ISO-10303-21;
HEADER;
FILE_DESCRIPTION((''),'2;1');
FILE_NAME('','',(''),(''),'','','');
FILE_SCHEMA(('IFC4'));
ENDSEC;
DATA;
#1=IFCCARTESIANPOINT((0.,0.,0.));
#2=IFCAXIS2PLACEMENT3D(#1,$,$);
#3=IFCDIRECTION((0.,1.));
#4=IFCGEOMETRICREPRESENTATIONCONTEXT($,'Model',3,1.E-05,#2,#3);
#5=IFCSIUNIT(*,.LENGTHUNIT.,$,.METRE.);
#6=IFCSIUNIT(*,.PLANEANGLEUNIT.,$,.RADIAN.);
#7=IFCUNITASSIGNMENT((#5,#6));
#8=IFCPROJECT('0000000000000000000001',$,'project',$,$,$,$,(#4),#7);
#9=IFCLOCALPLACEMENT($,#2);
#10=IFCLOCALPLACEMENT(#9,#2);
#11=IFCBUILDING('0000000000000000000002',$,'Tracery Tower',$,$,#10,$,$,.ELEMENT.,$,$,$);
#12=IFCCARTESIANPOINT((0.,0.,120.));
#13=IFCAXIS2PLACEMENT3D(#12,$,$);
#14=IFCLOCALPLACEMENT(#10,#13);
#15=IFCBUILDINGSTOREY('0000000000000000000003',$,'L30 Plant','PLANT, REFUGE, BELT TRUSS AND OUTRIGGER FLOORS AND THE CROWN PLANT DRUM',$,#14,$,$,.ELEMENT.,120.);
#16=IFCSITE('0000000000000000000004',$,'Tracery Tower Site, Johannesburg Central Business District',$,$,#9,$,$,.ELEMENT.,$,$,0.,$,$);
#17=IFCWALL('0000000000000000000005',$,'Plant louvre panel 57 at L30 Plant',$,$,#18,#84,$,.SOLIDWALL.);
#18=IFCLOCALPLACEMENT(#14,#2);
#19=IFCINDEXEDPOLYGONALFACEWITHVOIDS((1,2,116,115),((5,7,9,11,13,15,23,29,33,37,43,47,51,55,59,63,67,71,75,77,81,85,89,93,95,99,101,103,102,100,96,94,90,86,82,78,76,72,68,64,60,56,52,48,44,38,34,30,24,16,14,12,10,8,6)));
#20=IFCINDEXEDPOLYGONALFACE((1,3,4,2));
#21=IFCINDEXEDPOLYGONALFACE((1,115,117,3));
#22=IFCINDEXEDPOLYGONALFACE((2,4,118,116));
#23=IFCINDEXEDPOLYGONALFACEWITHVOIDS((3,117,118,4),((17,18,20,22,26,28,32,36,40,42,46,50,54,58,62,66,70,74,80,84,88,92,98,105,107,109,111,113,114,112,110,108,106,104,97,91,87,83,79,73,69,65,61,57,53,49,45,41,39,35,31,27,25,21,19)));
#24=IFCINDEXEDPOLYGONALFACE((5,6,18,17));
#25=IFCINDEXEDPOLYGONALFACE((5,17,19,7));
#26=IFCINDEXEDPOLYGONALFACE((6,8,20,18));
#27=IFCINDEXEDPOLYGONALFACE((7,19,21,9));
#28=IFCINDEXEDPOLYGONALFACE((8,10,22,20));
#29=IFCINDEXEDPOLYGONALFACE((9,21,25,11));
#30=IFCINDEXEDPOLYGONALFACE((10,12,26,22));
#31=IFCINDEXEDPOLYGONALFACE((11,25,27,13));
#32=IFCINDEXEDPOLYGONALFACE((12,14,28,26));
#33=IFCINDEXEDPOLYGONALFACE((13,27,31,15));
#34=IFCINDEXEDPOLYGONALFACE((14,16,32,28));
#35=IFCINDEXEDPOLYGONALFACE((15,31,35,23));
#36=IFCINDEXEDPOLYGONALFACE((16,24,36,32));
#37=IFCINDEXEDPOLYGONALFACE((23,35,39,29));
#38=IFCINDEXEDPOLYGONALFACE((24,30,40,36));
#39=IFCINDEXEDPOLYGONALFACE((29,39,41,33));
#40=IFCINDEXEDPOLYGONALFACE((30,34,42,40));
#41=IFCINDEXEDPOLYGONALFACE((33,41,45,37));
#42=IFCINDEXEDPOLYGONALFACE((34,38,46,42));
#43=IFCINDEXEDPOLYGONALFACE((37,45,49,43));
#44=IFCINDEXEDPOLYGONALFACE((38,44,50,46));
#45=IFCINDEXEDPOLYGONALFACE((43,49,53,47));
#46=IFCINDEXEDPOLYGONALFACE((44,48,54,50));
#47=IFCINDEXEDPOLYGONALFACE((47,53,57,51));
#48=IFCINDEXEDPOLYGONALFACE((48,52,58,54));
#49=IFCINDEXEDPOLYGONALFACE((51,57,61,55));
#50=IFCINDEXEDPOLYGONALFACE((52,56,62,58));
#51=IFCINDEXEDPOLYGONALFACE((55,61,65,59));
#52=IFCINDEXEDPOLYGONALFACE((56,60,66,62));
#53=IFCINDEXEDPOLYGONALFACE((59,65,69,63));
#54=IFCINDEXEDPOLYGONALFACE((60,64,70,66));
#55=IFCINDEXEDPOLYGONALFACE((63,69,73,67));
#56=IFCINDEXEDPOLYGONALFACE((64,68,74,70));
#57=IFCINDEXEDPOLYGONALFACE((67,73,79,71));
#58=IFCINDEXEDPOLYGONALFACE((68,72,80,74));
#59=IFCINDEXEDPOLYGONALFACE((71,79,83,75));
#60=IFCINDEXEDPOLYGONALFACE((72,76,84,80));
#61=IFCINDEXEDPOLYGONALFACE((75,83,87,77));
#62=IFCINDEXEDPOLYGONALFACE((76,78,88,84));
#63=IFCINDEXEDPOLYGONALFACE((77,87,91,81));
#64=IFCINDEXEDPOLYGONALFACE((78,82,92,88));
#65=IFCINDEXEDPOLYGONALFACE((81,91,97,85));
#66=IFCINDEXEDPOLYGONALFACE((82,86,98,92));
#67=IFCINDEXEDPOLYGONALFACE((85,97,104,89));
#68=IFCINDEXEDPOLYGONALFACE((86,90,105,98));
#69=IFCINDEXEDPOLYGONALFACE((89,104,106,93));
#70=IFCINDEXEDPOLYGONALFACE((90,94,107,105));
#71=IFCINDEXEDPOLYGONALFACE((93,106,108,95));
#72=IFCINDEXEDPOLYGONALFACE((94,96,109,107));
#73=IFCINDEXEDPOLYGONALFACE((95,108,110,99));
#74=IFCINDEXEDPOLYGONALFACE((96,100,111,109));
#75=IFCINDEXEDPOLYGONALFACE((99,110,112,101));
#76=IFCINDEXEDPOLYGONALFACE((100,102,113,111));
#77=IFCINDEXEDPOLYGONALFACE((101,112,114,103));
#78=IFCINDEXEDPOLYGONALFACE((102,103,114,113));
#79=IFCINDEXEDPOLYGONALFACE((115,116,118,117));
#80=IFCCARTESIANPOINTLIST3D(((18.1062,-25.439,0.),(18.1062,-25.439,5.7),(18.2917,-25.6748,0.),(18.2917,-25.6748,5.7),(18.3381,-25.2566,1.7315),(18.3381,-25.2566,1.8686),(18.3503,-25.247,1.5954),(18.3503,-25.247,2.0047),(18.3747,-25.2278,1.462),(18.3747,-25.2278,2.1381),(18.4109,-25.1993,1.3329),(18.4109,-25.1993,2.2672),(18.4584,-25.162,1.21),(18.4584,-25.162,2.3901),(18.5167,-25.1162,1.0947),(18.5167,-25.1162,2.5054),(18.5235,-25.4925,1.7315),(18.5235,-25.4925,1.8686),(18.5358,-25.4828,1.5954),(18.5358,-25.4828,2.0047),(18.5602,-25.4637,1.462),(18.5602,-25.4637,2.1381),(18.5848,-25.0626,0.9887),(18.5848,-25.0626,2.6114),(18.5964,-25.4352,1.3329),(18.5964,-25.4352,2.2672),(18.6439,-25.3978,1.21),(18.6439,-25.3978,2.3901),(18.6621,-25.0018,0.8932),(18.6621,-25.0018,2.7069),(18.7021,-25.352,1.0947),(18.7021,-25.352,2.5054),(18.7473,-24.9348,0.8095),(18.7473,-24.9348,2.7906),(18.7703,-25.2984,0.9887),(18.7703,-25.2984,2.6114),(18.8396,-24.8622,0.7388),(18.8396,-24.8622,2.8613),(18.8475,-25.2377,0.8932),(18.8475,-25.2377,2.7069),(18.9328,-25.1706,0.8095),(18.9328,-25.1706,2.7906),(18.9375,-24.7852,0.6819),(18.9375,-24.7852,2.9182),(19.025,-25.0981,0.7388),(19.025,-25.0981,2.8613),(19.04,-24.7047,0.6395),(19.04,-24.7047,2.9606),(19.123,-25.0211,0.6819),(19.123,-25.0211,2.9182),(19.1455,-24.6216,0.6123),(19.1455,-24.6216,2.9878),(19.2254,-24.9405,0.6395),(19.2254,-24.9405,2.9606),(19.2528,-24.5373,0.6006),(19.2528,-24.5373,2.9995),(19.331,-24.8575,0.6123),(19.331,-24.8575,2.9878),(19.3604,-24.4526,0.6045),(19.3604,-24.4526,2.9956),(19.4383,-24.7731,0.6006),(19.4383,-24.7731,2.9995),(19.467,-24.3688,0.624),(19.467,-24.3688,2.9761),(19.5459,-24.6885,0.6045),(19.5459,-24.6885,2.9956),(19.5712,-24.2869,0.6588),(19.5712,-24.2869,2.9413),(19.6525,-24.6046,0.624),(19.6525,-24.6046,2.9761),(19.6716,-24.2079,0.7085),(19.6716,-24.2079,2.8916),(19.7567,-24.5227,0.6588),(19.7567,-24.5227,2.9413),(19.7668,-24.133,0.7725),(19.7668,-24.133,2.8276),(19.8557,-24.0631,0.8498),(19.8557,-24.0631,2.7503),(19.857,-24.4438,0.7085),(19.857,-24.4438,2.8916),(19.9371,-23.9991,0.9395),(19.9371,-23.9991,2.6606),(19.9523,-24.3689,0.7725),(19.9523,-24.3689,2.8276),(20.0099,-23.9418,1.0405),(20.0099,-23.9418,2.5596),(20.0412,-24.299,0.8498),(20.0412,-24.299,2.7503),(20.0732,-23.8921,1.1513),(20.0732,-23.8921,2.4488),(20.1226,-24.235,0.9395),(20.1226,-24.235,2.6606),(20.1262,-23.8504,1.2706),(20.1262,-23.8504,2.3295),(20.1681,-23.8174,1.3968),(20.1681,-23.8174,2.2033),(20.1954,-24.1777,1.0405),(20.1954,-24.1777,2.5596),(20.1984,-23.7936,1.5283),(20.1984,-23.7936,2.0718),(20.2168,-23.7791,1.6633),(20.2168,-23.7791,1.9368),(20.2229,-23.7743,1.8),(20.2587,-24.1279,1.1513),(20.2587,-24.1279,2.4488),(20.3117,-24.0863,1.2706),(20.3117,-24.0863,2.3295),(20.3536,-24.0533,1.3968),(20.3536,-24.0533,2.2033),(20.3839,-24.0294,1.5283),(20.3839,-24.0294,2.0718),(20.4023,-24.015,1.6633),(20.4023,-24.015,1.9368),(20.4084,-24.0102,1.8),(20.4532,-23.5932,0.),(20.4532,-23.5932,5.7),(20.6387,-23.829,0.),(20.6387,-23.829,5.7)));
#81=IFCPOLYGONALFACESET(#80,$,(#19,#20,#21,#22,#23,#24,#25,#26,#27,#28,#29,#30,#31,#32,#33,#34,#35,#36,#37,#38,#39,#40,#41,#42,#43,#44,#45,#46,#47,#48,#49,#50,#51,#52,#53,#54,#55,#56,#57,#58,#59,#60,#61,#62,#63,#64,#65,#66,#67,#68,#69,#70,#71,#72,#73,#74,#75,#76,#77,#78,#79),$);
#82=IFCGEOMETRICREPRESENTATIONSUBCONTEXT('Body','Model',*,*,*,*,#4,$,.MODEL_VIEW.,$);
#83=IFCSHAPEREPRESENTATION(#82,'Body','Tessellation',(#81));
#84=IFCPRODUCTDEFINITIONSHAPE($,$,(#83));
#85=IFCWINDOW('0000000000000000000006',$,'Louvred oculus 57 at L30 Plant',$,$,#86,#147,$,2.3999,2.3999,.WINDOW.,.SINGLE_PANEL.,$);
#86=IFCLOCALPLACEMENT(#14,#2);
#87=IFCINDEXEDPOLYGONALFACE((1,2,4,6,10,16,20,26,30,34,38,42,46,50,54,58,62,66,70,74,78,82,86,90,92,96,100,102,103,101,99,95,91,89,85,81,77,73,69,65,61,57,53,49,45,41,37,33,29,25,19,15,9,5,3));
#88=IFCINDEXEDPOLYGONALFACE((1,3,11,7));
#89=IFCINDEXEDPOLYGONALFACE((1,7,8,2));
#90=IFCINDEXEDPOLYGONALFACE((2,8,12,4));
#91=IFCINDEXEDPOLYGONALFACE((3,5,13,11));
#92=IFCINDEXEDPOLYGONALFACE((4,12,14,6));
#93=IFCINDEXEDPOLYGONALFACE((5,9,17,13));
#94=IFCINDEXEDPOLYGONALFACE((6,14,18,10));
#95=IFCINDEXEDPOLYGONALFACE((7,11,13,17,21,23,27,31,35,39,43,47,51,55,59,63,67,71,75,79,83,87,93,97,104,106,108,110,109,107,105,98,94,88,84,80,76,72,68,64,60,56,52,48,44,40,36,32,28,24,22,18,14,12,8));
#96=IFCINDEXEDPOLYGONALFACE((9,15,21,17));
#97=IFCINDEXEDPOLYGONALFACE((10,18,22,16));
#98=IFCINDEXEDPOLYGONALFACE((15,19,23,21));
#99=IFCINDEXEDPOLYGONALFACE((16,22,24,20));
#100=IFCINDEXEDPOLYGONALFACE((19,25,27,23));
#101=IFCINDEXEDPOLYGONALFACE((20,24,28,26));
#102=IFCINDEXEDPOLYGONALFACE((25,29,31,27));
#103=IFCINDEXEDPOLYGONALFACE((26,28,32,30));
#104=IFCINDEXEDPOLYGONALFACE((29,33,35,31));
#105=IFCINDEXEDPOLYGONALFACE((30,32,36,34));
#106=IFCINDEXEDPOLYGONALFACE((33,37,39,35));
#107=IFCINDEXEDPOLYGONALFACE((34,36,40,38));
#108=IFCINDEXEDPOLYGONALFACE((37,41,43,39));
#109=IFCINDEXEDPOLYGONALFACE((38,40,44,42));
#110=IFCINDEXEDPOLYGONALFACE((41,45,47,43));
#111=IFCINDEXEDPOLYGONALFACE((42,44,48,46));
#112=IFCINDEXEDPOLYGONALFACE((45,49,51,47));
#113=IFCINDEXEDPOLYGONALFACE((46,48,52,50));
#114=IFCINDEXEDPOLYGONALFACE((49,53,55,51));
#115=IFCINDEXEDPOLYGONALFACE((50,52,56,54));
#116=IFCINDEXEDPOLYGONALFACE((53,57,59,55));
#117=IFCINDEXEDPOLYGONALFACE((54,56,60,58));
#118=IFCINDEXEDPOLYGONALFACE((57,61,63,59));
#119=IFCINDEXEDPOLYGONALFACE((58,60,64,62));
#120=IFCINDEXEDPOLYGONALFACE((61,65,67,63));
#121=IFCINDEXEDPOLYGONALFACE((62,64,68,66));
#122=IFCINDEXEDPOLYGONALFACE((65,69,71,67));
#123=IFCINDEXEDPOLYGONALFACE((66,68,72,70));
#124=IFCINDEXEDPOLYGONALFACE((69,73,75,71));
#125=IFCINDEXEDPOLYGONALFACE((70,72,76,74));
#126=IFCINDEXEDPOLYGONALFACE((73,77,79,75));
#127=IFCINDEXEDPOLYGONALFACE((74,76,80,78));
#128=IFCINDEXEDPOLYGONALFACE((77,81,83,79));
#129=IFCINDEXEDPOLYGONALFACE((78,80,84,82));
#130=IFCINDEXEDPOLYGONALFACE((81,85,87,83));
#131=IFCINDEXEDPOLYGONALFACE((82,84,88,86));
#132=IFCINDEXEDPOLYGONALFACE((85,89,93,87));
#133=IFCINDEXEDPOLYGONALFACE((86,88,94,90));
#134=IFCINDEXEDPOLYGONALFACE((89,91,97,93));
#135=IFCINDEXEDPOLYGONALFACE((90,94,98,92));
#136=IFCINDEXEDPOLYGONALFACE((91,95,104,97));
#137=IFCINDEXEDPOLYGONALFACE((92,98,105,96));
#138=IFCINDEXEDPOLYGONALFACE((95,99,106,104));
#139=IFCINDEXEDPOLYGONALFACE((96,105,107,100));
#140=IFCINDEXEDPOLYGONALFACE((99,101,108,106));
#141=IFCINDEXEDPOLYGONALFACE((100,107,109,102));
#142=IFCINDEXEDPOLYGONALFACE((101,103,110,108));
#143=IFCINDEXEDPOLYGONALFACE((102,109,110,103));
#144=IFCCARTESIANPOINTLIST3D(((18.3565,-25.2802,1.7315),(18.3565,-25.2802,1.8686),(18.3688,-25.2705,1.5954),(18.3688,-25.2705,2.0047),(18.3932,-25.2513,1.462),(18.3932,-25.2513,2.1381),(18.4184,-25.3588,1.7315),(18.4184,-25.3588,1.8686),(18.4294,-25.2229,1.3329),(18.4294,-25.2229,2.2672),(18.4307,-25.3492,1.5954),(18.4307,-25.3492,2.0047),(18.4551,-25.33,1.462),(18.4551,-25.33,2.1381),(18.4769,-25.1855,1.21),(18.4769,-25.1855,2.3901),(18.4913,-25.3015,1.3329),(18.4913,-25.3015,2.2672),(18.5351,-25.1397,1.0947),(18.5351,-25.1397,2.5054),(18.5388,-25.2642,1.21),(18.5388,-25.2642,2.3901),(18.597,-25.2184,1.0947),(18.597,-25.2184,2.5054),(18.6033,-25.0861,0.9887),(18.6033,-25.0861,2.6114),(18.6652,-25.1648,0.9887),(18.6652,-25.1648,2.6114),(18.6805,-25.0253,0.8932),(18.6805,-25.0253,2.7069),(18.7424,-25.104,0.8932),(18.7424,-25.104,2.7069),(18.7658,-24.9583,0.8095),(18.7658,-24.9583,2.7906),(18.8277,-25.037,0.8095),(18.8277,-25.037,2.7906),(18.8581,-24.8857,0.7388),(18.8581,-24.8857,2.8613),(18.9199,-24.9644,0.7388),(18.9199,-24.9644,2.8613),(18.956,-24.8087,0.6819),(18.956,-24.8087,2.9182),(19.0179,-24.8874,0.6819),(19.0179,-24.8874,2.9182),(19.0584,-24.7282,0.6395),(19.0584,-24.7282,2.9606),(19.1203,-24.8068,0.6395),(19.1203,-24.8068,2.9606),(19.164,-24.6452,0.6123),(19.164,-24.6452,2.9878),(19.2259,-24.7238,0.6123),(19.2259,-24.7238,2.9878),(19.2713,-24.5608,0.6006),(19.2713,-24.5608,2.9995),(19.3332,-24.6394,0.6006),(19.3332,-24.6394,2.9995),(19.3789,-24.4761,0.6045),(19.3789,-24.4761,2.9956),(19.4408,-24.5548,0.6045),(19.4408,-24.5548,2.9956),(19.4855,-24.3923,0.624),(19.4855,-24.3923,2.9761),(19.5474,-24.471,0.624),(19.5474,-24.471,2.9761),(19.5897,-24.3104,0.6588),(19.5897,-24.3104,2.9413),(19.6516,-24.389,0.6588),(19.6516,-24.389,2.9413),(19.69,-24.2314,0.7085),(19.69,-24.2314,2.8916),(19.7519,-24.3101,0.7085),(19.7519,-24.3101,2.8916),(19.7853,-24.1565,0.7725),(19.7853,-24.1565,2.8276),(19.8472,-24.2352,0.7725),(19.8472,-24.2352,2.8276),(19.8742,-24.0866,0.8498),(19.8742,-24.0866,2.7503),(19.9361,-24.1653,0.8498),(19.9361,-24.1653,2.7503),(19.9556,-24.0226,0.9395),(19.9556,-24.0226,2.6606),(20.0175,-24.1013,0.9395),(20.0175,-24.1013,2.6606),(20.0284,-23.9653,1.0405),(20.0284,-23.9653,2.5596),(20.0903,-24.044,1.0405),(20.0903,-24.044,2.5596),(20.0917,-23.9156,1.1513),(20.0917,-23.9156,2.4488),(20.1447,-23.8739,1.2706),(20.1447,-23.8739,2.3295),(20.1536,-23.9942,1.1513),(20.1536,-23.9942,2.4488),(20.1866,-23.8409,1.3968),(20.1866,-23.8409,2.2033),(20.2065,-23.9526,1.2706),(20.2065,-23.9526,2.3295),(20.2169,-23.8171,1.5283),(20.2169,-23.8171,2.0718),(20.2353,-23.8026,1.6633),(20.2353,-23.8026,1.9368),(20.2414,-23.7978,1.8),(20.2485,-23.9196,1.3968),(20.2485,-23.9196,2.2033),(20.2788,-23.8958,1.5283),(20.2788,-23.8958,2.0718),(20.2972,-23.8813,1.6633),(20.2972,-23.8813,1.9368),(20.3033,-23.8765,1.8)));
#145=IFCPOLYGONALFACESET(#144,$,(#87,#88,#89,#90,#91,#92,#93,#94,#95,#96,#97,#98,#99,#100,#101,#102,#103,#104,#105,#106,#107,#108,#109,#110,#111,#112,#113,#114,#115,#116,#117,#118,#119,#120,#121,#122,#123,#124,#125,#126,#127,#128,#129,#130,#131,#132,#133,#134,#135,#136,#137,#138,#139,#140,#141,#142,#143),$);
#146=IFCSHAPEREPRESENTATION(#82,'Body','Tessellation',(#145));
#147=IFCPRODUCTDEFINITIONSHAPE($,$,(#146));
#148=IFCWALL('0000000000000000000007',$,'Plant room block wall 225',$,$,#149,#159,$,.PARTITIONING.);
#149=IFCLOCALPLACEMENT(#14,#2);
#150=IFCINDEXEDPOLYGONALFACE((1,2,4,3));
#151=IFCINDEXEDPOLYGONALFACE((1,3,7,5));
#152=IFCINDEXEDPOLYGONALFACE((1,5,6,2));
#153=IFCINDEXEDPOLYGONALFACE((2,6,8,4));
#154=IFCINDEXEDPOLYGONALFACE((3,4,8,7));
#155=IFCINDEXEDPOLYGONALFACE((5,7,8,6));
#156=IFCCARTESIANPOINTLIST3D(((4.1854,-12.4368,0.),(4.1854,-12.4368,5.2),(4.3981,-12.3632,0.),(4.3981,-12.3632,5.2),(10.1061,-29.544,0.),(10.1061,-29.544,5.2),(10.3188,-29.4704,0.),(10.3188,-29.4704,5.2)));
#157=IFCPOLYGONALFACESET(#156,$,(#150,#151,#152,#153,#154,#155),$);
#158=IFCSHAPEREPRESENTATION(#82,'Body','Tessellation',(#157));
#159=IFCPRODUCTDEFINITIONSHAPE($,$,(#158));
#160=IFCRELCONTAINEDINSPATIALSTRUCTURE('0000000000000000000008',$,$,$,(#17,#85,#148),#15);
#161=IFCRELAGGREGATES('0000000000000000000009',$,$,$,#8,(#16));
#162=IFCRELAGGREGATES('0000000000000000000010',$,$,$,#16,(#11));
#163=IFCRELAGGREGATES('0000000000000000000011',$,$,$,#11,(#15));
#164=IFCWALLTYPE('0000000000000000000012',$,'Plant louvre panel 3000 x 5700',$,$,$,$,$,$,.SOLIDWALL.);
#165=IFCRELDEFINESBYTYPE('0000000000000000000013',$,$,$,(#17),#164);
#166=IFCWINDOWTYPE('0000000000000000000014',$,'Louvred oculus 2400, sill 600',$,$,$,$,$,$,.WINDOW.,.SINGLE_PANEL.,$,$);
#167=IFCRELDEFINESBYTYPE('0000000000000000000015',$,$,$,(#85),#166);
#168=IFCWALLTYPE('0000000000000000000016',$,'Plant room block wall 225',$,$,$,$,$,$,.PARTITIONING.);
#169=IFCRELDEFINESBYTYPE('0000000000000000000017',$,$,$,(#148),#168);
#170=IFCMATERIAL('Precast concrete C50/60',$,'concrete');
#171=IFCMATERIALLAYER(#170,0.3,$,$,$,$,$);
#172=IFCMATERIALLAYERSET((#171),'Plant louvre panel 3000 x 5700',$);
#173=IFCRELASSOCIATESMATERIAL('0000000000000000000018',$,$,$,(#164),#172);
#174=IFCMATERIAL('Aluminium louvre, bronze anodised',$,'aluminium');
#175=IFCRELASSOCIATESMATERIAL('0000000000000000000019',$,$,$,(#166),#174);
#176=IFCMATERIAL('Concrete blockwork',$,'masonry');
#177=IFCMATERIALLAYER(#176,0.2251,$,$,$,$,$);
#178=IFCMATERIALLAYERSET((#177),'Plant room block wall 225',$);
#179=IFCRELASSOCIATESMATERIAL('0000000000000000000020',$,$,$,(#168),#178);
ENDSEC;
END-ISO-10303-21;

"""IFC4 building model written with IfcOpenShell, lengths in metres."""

from ifc_helpers import new_model, si_unit, direction, frame, frame_2d, origin, origin_2d, place, context, subcontext, project, spatial, rectangle, circle, extrude, material, layer, layer_set, type_object, element, fill, save


model = new_model("IFC4")

# Units and contexts
model_context = context("Model", 3, precision=1e-05, world=origin(), true_north=direction((0.0, 1.0)))
body_context = subcontext(model_context, "Body", "Model", "MODEL_VIEW")
ifc_project = project(units=[si_unit("LENGTHUNIT", "METRE"), si_unit("PLANEANGLEUNIT", "RADIAN")], contexts=[model_context])

# Site, building, storey
site_placement = place(None, origin())
site = spatial("IfcSite", under=ifc_project, at=site_placement, Name="Tracery Tower Site, Johannesburg Central Business District", CompositionType="ELEMENT", RefElevation=0.0)
building_placement = place(site_placement, origin())
building = spatial("IfcBuilding", under=site, at=building_placement, Name="Tracery Tower", CompositionType="ELEMENT")
storey_placement = place(building_placement, frame((0.0, 0.0, 120.0)))
storey = spatial("IfcBuildingStorey", under=building, at=storey_placement, Name="L30 Plant", Description="PLANT, REFUGE, BELT TRUSS AND OUTRIGGER FLOORS AND THE CROWN PLANT DRUM", CompositionType="ELEMENT", Elevation=120.0)

# Wall, opening, window
ifc_material_1 = material(Name="Precast concrete C50/60", Category="concrete")
ifc_layer_1 = layer(ifc_material_1, 0.3)
ifc_layer_set_1 = layer_set([ifc_layer_1], Name="Plant louvre panel 3000 x 5700")
wall_type_1 = type_object("IfcWallType", Name="Plant louvre panel 3000 x 5700", PredefinedType="SOLIDWALL", material=ifc_layer_set_1)
ifc_material_2 = material(Name="Aluminium louvre, bronze anodised", Category="aluminium")
window_type = type_object("IfcWindowType", Name="Louvred oculus 2400, sill 600", PartitioningType="SINGLE_PANEL", PredefinedType="WINDOW", material=ifc_material_2)
wall_1_placement = place(storey_placement, frame((18.199, -25.5569, 0.0), z_axis=(0.0, 0.0, 1.0), x_axis=(0.786043, 0.618172, 0.0)))
wall_1 = element("IfcWall", 1, at=wall_1_placement, inside=storey, type_object=wall_type_1, Name="Plant louvre panel 57 at L30 Plant", PredefinedType="SOLIDWALL", context=body_context, shape_type="SweptSolid", body=[
    extrude(rectangle(XDim=2.9858, YDim=0.3, at=frame_2d((1.4929, 0.0))), origin(), (0.0, 0.0, 1.0), 5.7),
])
opening_1_placement = place(wall_1_placement, frame((1.4929, 0.0, 1.8)))
opening_1 = element("IfcOpeningElement", 2, at=opening_1_placement, cuts=wall_1, PredefinedType="OPENING", context=body_context, shape_type="SweptSolid", body=[
    extrude(circle(Radius=1.2, at=origin_2d()), frame((0.0, 0.1599, 0.0), z_axis=(0.0, -1.0, 0.0), x_axis=(1.0, 0.0, 0.0)), (0.0, 0.0, 1.0), 0.3201),
])
window_1_placement = place(opening_1_placement, origin())
window_1 = element("IfcWindow", 3, at=window_1_placement, inside=storey, type_object=window_type, Name="Louvred oculus 57 at L30 Plant", OverallHeight=2.3999, OverallWidth=2.3999, PartitioningType="SINGLE_PANEL", PredefinedType="WINDOW", context=body_context, shape_type="SweptSolid", body=[
    extrude(circle(Radius=1.2, at=origin_2d()), frame((0.0, 0.1201, 0.0), z_axis=(0.0, -1.0, 0.0), x_axis=(1.0, 0.0, 0.0)), (0.0, 0.0, 1.0), 0.1001),
])
fill(opening_1, window_1)

# Wall
ifc_material_3 = material(Name="Concrete blockwork", Category="masonry")
ifc_layer_2 = layer(ifc_material_3, 0.2251)
ifc_layer_set_2 = layer_set([ifc_layer_2], Name="Plant room block wall 225")
wall_type_2 = type_object("IfcWallType", Name="Plant room block wall 225", PredefinedType="PARTITIONING", material=ifc_layer_set_2)
wall_2_placement = place(storey_placement, frame((10.2124, -29.5071, 0.0), z_axis=(0.0, 0.0, 1.0), x_axis=(-0.327058, 0.945004, 0.0)))
element("IfcWall", 4, at=wall_2_placement, inside=storey, type_object=wall_type_2, Name="Plant room block wall 225", PredefinedType="PARTITIONING", context=body_context, shape_type="SweptSolid", body=[
    extrude(rectangle(XDim=18.1028, YDim=0.2251, at=frame_2d((9.0513, 0.0))), origin(), (0.0, 0.0, 1.0), 5.2),
])

save(model, "model.ifc")
